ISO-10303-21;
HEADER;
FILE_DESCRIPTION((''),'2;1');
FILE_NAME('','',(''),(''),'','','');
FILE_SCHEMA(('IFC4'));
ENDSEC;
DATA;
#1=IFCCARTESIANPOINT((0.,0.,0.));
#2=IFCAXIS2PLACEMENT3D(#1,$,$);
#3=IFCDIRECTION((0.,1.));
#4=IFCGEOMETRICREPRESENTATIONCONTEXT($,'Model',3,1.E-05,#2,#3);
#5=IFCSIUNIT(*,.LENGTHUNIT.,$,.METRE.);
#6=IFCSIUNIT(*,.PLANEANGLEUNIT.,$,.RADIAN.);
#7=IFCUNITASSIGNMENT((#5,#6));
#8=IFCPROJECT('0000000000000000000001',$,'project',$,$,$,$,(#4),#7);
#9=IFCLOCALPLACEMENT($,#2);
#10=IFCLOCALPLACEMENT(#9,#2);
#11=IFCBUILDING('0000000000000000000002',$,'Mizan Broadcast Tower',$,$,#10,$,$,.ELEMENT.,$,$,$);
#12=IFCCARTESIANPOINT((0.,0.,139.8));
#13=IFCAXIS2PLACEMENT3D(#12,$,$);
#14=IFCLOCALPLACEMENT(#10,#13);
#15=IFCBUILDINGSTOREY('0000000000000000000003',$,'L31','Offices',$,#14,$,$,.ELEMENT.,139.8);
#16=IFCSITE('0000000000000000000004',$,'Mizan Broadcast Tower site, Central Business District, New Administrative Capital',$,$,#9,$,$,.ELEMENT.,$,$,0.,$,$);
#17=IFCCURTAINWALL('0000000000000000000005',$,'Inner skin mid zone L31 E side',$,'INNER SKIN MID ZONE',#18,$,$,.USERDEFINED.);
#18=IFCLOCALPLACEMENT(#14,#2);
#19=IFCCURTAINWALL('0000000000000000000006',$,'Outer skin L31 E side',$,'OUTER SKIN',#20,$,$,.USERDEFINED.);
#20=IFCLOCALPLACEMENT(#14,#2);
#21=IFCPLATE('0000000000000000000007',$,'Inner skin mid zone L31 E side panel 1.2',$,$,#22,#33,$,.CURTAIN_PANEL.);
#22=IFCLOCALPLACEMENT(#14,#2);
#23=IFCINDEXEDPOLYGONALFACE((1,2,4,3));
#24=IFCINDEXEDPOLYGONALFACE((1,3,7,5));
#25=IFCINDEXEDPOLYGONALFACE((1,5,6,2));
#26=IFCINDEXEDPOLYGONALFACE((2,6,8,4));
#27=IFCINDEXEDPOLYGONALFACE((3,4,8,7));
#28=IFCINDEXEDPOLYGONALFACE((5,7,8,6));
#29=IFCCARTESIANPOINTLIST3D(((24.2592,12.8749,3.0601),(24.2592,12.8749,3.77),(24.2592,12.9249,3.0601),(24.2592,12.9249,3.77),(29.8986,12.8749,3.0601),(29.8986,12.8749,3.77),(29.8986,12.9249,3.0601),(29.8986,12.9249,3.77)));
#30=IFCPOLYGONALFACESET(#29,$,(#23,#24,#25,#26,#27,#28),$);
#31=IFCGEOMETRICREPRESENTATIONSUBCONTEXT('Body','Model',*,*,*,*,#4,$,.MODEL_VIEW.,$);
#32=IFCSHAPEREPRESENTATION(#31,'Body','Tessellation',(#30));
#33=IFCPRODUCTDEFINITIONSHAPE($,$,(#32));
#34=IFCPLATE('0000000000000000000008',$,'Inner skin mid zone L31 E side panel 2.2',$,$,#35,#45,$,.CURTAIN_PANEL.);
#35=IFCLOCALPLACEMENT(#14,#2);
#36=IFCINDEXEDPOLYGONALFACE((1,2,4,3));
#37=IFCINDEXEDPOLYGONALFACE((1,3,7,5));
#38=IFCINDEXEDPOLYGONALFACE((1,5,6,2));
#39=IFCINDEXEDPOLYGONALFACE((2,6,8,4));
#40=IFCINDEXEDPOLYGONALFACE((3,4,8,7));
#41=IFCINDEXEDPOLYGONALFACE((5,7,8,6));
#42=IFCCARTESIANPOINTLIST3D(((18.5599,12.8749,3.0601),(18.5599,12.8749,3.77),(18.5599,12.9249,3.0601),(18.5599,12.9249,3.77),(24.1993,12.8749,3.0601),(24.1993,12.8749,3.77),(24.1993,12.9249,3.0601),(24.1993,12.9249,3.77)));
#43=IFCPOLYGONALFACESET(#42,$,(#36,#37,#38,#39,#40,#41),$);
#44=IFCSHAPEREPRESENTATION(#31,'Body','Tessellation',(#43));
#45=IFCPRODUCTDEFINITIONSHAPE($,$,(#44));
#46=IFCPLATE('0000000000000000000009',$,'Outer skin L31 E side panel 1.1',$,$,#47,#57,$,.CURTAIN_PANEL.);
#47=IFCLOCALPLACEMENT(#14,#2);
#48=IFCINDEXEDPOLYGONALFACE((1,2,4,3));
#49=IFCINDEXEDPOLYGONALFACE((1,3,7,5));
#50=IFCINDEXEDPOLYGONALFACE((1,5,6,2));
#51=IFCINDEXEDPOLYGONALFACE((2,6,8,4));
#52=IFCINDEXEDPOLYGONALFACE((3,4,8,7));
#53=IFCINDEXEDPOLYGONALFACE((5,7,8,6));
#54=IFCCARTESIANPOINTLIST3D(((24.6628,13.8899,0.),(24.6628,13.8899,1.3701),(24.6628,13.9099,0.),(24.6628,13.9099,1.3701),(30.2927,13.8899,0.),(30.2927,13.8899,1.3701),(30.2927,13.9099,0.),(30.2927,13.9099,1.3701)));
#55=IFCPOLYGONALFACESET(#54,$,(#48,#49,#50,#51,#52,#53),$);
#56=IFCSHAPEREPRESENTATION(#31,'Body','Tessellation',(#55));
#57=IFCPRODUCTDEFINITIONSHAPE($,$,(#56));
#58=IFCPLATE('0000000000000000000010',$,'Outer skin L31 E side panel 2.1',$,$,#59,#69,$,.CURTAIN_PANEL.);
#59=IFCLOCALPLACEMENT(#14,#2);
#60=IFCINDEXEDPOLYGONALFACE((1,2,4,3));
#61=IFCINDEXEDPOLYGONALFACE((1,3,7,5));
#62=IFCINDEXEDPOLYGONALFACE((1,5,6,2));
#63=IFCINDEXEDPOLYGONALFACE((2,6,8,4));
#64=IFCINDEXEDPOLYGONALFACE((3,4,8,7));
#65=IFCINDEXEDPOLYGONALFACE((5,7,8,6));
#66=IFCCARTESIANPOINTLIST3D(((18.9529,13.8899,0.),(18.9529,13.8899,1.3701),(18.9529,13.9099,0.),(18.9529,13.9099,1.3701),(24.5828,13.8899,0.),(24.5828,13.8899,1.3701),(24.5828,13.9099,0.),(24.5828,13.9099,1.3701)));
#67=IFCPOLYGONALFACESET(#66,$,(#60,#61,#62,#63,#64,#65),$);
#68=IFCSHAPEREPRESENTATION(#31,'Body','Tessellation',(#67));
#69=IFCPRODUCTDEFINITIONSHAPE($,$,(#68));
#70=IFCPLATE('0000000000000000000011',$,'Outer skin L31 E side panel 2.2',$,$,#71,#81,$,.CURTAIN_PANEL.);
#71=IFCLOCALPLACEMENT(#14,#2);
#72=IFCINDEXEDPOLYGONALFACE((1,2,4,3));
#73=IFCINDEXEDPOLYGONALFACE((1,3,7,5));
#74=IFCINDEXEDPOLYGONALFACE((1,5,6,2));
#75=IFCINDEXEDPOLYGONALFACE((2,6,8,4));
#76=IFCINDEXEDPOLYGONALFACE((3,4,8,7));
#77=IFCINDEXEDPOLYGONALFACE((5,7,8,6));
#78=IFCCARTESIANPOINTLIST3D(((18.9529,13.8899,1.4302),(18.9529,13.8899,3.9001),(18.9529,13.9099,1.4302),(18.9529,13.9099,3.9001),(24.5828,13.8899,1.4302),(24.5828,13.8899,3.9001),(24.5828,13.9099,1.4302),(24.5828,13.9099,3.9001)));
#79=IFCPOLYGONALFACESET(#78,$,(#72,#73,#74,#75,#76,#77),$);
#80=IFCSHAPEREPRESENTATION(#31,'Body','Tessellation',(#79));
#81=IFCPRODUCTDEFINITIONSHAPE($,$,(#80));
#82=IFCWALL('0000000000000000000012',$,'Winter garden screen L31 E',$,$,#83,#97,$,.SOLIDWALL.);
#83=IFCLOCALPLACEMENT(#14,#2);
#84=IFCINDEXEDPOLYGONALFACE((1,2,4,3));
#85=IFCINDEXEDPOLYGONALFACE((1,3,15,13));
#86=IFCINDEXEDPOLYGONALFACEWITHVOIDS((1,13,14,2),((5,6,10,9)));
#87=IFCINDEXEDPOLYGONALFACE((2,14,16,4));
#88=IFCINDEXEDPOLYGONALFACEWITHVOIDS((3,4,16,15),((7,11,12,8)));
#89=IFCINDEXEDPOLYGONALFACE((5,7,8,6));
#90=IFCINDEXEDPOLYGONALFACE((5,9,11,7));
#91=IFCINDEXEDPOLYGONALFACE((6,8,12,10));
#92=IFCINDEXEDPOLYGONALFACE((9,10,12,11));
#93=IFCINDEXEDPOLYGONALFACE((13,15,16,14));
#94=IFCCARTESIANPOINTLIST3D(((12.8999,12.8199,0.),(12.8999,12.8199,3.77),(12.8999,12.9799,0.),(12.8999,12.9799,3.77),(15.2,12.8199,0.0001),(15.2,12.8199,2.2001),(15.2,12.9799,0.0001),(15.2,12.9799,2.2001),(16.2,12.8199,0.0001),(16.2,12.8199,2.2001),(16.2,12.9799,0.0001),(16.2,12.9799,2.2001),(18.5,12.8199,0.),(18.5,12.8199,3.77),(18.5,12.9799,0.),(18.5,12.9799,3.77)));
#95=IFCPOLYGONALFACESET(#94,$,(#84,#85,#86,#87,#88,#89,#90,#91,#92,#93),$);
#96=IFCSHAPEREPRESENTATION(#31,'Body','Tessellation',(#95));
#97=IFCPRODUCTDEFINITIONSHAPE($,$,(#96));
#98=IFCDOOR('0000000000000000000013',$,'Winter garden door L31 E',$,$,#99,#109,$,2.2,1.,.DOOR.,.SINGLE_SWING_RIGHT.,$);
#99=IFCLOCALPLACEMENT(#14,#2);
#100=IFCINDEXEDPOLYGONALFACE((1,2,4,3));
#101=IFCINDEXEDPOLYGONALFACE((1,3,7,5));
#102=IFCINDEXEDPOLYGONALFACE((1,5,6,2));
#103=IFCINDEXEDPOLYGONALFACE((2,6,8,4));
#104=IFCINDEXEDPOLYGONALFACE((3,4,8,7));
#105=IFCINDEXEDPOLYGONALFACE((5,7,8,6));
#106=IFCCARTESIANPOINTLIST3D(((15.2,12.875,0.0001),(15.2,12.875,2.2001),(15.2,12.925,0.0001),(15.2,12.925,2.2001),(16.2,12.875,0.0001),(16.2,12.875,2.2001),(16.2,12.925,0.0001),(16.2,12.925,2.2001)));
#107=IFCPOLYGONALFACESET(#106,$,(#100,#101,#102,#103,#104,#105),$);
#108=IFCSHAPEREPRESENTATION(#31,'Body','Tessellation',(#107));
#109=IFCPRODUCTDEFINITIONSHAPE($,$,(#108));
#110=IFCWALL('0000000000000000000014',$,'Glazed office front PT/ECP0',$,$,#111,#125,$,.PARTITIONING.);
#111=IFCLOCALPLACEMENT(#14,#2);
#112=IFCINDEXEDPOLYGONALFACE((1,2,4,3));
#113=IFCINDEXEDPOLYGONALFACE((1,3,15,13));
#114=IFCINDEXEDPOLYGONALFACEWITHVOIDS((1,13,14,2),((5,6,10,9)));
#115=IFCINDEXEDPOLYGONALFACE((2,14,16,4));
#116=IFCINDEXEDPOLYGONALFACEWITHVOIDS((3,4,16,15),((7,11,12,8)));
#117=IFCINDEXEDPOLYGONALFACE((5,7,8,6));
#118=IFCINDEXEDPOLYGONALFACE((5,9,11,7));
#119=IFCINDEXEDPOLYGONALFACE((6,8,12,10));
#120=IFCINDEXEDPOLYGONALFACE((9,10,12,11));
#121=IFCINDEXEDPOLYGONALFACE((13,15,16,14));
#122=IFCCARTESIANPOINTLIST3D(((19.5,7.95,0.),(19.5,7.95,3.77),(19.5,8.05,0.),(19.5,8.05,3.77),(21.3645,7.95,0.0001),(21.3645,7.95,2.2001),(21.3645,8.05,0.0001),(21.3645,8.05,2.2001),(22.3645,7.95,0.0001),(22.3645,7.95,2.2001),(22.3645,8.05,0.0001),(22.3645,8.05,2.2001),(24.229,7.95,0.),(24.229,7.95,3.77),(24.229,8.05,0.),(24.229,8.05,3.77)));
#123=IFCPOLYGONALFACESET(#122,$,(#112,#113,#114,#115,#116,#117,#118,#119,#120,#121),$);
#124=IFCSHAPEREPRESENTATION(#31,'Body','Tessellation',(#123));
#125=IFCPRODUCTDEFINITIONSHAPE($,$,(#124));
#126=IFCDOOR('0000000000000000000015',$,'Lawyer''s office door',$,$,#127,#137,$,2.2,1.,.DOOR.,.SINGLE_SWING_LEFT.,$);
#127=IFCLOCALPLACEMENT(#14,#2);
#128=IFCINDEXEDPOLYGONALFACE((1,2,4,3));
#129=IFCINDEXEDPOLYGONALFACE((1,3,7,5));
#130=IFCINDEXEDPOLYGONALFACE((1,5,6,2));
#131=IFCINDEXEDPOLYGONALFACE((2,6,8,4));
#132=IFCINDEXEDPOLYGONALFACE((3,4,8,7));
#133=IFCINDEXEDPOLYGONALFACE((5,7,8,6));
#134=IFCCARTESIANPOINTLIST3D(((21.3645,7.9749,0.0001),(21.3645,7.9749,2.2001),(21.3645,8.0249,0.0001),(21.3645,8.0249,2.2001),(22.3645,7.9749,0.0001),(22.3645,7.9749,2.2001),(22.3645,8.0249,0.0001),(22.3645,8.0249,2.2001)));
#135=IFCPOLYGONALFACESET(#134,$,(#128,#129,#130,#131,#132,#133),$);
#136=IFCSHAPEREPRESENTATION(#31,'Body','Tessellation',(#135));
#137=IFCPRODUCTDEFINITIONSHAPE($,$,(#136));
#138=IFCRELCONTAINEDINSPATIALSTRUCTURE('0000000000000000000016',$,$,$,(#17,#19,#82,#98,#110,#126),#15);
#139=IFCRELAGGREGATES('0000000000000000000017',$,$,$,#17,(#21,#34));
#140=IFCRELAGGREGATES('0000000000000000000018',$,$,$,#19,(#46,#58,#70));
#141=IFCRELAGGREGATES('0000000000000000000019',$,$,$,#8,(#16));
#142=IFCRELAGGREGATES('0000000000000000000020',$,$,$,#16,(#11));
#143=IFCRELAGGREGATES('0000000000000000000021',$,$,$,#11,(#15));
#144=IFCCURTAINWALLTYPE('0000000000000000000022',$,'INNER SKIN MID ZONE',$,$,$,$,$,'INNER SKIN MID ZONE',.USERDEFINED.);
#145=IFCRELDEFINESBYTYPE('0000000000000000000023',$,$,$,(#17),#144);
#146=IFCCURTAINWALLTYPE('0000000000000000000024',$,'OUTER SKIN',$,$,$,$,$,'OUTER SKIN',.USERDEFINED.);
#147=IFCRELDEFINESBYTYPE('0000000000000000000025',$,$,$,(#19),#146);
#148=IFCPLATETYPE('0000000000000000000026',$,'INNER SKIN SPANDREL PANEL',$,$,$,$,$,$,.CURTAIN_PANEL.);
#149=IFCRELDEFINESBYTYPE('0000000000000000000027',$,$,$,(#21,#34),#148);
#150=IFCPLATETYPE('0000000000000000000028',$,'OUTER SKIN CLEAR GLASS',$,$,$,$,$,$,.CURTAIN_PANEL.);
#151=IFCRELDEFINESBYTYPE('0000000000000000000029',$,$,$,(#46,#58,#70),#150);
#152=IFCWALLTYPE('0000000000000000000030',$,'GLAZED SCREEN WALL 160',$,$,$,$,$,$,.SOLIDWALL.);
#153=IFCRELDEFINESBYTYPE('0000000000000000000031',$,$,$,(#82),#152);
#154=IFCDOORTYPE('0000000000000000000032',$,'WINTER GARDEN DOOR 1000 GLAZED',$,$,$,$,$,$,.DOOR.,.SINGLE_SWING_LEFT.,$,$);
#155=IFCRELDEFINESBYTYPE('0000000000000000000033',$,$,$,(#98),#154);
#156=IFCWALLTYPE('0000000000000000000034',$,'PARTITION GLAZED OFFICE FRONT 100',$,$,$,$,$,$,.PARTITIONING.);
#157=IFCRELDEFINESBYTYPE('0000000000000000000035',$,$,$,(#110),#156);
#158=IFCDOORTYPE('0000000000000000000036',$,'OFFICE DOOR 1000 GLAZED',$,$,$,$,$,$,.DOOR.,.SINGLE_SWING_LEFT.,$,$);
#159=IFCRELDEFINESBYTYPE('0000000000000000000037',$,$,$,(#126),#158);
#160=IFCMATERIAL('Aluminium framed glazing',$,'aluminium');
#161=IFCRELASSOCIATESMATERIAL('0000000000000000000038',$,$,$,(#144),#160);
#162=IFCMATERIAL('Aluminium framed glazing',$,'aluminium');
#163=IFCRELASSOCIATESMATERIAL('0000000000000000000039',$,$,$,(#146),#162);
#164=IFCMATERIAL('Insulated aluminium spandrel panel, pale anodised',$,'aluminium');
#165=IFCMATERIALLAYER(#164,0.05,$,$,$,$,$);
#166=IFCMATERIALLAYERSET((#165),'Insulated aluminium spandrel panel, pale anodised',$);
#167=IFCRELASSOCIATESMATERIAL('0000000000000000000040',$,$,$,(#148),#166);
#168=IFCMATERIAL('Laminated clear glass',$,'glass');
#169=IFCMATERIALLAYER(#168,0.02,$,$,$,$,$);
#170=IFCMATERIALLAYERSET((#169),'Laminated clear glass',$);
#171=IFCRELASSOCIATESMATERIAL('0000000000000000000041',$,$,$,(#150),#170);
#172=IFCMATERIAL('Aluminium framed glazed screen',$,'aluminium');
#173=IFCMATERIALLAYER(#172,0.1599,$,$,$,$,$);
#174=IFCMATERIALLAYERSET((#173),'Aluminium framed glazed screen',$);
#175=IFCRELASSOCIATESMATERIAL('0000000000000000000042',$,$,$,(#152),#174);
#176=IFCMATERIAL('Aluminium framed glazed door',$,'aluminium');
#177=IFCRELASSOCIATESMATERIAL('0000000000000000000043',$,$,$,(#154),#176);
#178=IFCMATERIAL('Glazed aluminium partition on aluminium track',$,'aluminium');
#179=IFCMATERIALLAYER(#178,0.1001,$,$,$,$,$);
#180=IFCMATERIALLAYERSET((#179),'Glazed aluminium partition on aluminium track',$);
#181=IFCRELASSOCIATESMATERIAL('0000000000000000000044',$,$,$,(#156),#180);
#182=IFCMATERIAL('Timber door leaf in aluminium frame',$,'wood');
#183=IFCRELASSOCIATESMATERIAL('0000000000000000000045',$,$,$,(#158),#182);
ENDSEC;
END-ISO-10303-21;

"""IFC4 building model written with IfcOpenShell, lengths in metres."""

from ifc_helpers import new_model, si_unit, direction, frame, frame_2d, origin, origin_2d, place, context, subcontext, project, spatial, rectangle, extrude, material, layer, layer_set, type_object, element, fill, aggregate, save


model = new_model("IFC4")

# Units and contexts
model_context = context("Model", 3, precision=1e-05, world=origin(), true_north=direction((0.0, 1.0)))
body_context = subcontext(model_context, "Body", "Model", "MODEL_VIEW")
ifc_project = project(units=[si_unit("LENGTHUNIT", "METRE"), si_unit("PLANEANGLEUNIT", "RADIAN")], contexts=[model_context])

# Site, building, storey
site_placement = place(None, origin())
site = spatial("IfcSite", under=ifc_project, at=site_placement, Name="Mizan Broadcast Tower site, Central Business District, New Administrative Capital", CompositionType="ELEMENT", RefElevation=0.0)
building_placement = place(site_placement, origin())
building = spatial("IfcBuilding", under=site, at=building_placement, Name="Mizan Broadcast Tower", CompositionType="ELEMENT")
storey_placement = place(building_placement, frame((0.0, 0.0, 139.8)))
storey = spatial("IfcBuildingStorey", under=building, at=storey_placement, Name="L31", Description="Offices", CompositionType="ELEMENT", Elevation=139.8)

# Curtain walls
ifc_material_1 = material(Name="Aluminium framed glazing", Category="aluminium")
curtain_wall_type_1 = type_object("IfcCurtainWallType", Name="INNER SKIN MID ZONE", ElementType="INNER SKIN MID ZONE", PredefinedType="USERDEFINED", material=ifc_material_1)
curtain_wall_1_placement = place(storey_placement, origin())
curtain_wall_1 = element("IfcCurtainWall", 1, at=curtain_wall_1_placement, inside=storey, type_object=curtain_wall_type_1, Name="Inner skin mid zone L31 E side", ObjectType="INNER SKIN MID ZONE", PredefinedType="USERDEFINED")
ifc_material_2 = material(Name="Aluminium framed glazing", Category="aluminium")
curtain_wall_type_2 = type_object("IfcCurtainWallType", Name="OUTER SKIN", ElementType="OUTER SKIN", PredefinedType="USERDEFINED", material=ifc_material_2)
curtain_wall_2_placement = place(storey_placement, origin())
curtain_wall_2 = element("IfcCurtainWall", 2, at=curtain_wall_2_placement, inside=storey, type_object=curtain_wall_type_2, Name="Outer skin L31 E side", ObjectType="OUTER SKIN", PredefinedType="USERDEFINED")

# Plates
ifc_material_3 = material(Name="Insulated aluminium spandrel panel, pale anodised", Category="aluminium")
ifc_layer_1 = layer(ifc_material_3, 0.05)
ifc_layer_set_1 = layer_set([ifc_layer_1], Name="Insulated aluminium spandrel panel, pale anodised")
plate_type_1 = type_object("IfcPlateType", Name="INNER SKIN SPANDREL PANEL", PredefinedType="CURTAIN_PANEL", material=ifc_layer_set_1)
plate_1_placement = place(storey_placement, frame((27.0789, 12.8999, 3.0601), z_axis=(0.0, 0.0, 1.0), x_axis=(-1.0, 0.0, 0.0)))
plate_1 = element("IfcPlate", 3, at=plate_1_placement, type_object=plate_type_1, Name="Inner skin mid zone L31 E side panel 1.2", PredefinedType="CURTAIN_PANEL", context=body_context, shape_type="SweptSolid", body=[
    extrude(rectangle(XDim=5.6394, YDim=0.05, at=origin_2d()), origin(), (0.0, 0.0, 1.0), 0.71),
])
plate_2_placement = place(storey_placement, frame((21.3796, 12.8999, 3.0601), z_axis=(0.0, 0.0, 1.0), x_axis=(-1.0, 0.0, 0.0)))
plate_2 = element("IfcPlate", 4, at=plate_2_placement, type_object=plate_type_1, Name="Inner skin mid zone L31 E side panel 2.2", PredefinedType="CURTAIN_PANEL", context=body_context, shape_type="SweptSolid", body=[
    extrude(rectangle(XDim=5.6394, YDim=0.05, at=origin_2d()), origin(), (0.0, 0.0, 1.0), 0.71),
])
aggregate(curtain_wall_1, [plate_1, plate_2])
ifc_material_4 = material(Name="Laminated clear glass", Category="glass")
ifc_layer_2 = layer(ifc_material_4, 0.02)
ifc_layer_set_2 = layer_set([ifc_layer_2], Name="Laminated clear glass")
plate_type_2 = type_object("IfcPlateType", Name="OUTER SKIN CLEAR GLASS", PredefinedType="CURTAIN_PANEL", material=ifc_layer_set_2)
plate_3_placement = place(storey_placement, frame((27.4778, 13.8999, 0.0), z_axis=(0.0, 0.0, 1.0), x_axis=(-1.0, 0.0, 0.0)))
plate_3 = element("IfcPlate", 5, at=plate_3_placement, type_object=plate_type_2, Name="Outer skin L31 E side panel 1.1", PredefinedType="CURTAIN_PANEL", context=body_context, shape_type="SweptSolid", body=[
    extrude(rectangle(XDim=5.6299, YDim=0.02, at=origin_2d()), origin(), (0.0, 0.0, 1.0), 1.3701),
])
plate_4_placement = place(storey_placement, frame((21.7678, 13.8999, 0.0), z_axis=(0.0, 0.0, 1.0), x_axis=(-1.0, 0.0, 0.0)))
plate_4 = element("IfcPlate", 6, at=plate_4_placement, type_object=plate_type_2, Name="Outer skin L31 E side panel 2.1", PredefinedType="CURTAIN_PANEL", context=body_context, shape_type="SweptSolid", body=[
    extrude(rectangle(XDim=5.6299, YDim=0.02, at=origin_2d()), origin(), (0.0, 0.0, 1.0), 1.3701),
])
plate_5_placement = place(storey_placement, frame((21.7678, 13.8999, 1.4302), z_axis=(0.0, 0.0, 1.0), x_axis=(-1.0, 0.0, 0.0)))
plate_5 = element("IfcPlate", 7, at=plate_5_placement, type_object=plate_type_2, Name="Outer skin L31 E side panel 2.2", PredefinedType="CURTAIN_PANEL", context=body_context, shape_type="SweptSolid", body=[
    extrude(rectangle(XDim=5.6299, YDim=0.02, at=origin_2d()), origin(), (0.0, 0.0, 1.0), 2.47),
])
aggregate(curtain_wall_2, [plate_3, plate_4, plate_5])

# Walls, openings, doors
ifc_material_5 = material(Name="Aluminium framed glazed screen", Category="aluminium")
ifc_layer_3 = layer(ifc_material_5, 0.1599)
ifc_layer_set_3 = layer_set([ifc_layer_3], Name="Aluminium framed glazed screen")
wall_type_1 = type_object("IfcWallType", Name="GLAZED SCREEN WALL 160", PredefinedType="SOLIDWALL", material=ifc_layer_set_3)
wall_1_placement = place(storey_placement, frame((18.5, 12.8999, 0.0), z_axis=(0.0, 0.0, 1.0), x_axis=(-1.0, 0.0, 0.0)))
wall_1 = element("IfcWall", 8, at=wall_1_placement, inside=storey, type_object=wall_type_1, Name="Winter garden screen L31 E", PredefinedType="SOLIDWALL", context=body_context, shape_type="SweptSolid", body=[
    extrude(rectangle(XDim=5.6001, YDim=0.1599, at=frame_2d((2.8, 0.0))), origin(), (0.0, 0.0, 1.0), 3.77),
])
opening_1_placement = place(wall_1_placement, frame((2.3, 0.0, 0.0)))
opening_1 = element("IfcOpeningElement", 9, at=opening_1_placement, cuts=wall_1, PredefinedType="OPENING", context=body_context, shape_type="SweptSolid", body=[
    extrude(rectangle(XDim=1.0, YDim=2.2, at=frame_2d((0.5, 1.1001))), frame((0.0, 0.0898, 0.0), z_axis=(0.0, -1.0, 0.0), x_axis=(1.0, 0.0, 0.0)), (0.0, 0.0, 1.0), 0.1799),
])
ifc_material_6 = material(Name="Aluminium framed glazed door", Category="aluminium")
door_type_1 = type_object("IfcDoorType", Name="WINTER GARDEN DOOR 1000 GLAZED", OperationType="SINGLE_SWING_LEFT", PredefinedType="DOOR", material=ifc_material_6)
door_1_placement = place(opening_1_placement, origin())
door_1 = element("IfcDoor", 10, at=door_1_placement, inside=storey, type_object=door_type_1, Name="Winter garden door L31 E", OperationType="SINGLE_SWING_RIGHT", OverallHeight=2.2, OverallWidth=1.0, PredefinedType="DOOR", context=body_context, shape_type="SweptSolid", body=[
    extrude(rectangle(XDim=1.0, YDim=2.2, at=frame_2d((0.5, 1.1001))), frame((0.0, 0.0249, 0.0), z_axis=(0.0, -1.0, 0.0), x_axis=(1.0, 0.0, 0.0)), (0.0, 0.0, 1.0), 0.05),
])
fill(opening_1, door_1)
ifc_material_7 = material(Name="Glazed aluminium partition on aluminium track", Category="aluminium")
ifc_layer_4 = layer(ifc_material_7, 0.1001)
ifc_layer_set_4 = layer_set([ifc_layer_4], Name="Glazed aluminium partition on aluminium track")
wall_type_2 = type_object("IfcWallType", Name="PARTITION GLAZED OFFICE FRONT 100", PredefinedType="PARTITIONING", material=ifc_layer_set_4)
wall_2_placement = place(storey_placement, frame((19.5, 8.0, 0.0), z_axis=(0.0, 0.0, 1.0), x_axis=(1.0, 0.0, 0.0)))
wall_2 = element("IfcWall", 11, at=wall_2_placement, inside=storey, type_object=wall_type_2, Name="Glazed office front PT/ECP0", PredefinedType="PARTITIONING", context=body_context, shape_type="SweptSolid", body=[
    extrude(rectangle(XDim=4.729, YDim=0.1001, at=frame_2d((2.3645, 0.0))), origin(), (0.0, 0.0, 1.0), 3.77),
])
opening_2_placement = place(wall_2_placement, frame((1.8645, 0.0, 0.0)))
opening_2 = element("IfcOpeningElement", 12, at=opening_2_placement, cuts=wall_2, PredefinedType="OPENING", context=body_context, shape_type="SweptSolid", body=[
    extrude(rectangle(XDim=1.0, YDim=2.2, at=frame_2d((0.5, 1.1001))), frame((0.0, 0.0601, 0.0), z_axis=(0.0, -1.0, 0.0), x_axis=(1.0, 0.0, 0.0)), (0.0, 0.0, 1.0), 0.1201),
])
ifc_material_8 = material(Name="Timber door leaf in aluminium frame", Category="wood")
door_type_2 = type_object("IfcDoorType", Name="OFFICE DOOR 1000 GLAZED", OperationType="SINGLE_SWING_LEFT", PredefinedType="DOOR", material=ifc_material_8)
door_2_placement = place(opening_2_placement, origin())
door_2 = element("IfcDoor", 13, at=door_2_placement, inside=storey, type_object=door_type_2, Name="Lawyer's office door", OperationType="SINGLE_SWING_LEFT", OverallHeight=2.2, OverallWidth=1.0, PredefinedType="DOOR", context=body_context, shape_type="SweptSolid", body=[
    extrude(rectangle(XDim=1.0, YDim=2.2, at=frame_2d((0.5, 1.1001))), frame((0.0, 0.0249, 0.0), z_axis=(0.0, -1.0, 0.0), x_axis=(1.0, 0.0, 0.0)), (0.0, 0.0, 1.0), 0.05),
])
fill(opening_2, door_2)

save(model, "model.ifc")
